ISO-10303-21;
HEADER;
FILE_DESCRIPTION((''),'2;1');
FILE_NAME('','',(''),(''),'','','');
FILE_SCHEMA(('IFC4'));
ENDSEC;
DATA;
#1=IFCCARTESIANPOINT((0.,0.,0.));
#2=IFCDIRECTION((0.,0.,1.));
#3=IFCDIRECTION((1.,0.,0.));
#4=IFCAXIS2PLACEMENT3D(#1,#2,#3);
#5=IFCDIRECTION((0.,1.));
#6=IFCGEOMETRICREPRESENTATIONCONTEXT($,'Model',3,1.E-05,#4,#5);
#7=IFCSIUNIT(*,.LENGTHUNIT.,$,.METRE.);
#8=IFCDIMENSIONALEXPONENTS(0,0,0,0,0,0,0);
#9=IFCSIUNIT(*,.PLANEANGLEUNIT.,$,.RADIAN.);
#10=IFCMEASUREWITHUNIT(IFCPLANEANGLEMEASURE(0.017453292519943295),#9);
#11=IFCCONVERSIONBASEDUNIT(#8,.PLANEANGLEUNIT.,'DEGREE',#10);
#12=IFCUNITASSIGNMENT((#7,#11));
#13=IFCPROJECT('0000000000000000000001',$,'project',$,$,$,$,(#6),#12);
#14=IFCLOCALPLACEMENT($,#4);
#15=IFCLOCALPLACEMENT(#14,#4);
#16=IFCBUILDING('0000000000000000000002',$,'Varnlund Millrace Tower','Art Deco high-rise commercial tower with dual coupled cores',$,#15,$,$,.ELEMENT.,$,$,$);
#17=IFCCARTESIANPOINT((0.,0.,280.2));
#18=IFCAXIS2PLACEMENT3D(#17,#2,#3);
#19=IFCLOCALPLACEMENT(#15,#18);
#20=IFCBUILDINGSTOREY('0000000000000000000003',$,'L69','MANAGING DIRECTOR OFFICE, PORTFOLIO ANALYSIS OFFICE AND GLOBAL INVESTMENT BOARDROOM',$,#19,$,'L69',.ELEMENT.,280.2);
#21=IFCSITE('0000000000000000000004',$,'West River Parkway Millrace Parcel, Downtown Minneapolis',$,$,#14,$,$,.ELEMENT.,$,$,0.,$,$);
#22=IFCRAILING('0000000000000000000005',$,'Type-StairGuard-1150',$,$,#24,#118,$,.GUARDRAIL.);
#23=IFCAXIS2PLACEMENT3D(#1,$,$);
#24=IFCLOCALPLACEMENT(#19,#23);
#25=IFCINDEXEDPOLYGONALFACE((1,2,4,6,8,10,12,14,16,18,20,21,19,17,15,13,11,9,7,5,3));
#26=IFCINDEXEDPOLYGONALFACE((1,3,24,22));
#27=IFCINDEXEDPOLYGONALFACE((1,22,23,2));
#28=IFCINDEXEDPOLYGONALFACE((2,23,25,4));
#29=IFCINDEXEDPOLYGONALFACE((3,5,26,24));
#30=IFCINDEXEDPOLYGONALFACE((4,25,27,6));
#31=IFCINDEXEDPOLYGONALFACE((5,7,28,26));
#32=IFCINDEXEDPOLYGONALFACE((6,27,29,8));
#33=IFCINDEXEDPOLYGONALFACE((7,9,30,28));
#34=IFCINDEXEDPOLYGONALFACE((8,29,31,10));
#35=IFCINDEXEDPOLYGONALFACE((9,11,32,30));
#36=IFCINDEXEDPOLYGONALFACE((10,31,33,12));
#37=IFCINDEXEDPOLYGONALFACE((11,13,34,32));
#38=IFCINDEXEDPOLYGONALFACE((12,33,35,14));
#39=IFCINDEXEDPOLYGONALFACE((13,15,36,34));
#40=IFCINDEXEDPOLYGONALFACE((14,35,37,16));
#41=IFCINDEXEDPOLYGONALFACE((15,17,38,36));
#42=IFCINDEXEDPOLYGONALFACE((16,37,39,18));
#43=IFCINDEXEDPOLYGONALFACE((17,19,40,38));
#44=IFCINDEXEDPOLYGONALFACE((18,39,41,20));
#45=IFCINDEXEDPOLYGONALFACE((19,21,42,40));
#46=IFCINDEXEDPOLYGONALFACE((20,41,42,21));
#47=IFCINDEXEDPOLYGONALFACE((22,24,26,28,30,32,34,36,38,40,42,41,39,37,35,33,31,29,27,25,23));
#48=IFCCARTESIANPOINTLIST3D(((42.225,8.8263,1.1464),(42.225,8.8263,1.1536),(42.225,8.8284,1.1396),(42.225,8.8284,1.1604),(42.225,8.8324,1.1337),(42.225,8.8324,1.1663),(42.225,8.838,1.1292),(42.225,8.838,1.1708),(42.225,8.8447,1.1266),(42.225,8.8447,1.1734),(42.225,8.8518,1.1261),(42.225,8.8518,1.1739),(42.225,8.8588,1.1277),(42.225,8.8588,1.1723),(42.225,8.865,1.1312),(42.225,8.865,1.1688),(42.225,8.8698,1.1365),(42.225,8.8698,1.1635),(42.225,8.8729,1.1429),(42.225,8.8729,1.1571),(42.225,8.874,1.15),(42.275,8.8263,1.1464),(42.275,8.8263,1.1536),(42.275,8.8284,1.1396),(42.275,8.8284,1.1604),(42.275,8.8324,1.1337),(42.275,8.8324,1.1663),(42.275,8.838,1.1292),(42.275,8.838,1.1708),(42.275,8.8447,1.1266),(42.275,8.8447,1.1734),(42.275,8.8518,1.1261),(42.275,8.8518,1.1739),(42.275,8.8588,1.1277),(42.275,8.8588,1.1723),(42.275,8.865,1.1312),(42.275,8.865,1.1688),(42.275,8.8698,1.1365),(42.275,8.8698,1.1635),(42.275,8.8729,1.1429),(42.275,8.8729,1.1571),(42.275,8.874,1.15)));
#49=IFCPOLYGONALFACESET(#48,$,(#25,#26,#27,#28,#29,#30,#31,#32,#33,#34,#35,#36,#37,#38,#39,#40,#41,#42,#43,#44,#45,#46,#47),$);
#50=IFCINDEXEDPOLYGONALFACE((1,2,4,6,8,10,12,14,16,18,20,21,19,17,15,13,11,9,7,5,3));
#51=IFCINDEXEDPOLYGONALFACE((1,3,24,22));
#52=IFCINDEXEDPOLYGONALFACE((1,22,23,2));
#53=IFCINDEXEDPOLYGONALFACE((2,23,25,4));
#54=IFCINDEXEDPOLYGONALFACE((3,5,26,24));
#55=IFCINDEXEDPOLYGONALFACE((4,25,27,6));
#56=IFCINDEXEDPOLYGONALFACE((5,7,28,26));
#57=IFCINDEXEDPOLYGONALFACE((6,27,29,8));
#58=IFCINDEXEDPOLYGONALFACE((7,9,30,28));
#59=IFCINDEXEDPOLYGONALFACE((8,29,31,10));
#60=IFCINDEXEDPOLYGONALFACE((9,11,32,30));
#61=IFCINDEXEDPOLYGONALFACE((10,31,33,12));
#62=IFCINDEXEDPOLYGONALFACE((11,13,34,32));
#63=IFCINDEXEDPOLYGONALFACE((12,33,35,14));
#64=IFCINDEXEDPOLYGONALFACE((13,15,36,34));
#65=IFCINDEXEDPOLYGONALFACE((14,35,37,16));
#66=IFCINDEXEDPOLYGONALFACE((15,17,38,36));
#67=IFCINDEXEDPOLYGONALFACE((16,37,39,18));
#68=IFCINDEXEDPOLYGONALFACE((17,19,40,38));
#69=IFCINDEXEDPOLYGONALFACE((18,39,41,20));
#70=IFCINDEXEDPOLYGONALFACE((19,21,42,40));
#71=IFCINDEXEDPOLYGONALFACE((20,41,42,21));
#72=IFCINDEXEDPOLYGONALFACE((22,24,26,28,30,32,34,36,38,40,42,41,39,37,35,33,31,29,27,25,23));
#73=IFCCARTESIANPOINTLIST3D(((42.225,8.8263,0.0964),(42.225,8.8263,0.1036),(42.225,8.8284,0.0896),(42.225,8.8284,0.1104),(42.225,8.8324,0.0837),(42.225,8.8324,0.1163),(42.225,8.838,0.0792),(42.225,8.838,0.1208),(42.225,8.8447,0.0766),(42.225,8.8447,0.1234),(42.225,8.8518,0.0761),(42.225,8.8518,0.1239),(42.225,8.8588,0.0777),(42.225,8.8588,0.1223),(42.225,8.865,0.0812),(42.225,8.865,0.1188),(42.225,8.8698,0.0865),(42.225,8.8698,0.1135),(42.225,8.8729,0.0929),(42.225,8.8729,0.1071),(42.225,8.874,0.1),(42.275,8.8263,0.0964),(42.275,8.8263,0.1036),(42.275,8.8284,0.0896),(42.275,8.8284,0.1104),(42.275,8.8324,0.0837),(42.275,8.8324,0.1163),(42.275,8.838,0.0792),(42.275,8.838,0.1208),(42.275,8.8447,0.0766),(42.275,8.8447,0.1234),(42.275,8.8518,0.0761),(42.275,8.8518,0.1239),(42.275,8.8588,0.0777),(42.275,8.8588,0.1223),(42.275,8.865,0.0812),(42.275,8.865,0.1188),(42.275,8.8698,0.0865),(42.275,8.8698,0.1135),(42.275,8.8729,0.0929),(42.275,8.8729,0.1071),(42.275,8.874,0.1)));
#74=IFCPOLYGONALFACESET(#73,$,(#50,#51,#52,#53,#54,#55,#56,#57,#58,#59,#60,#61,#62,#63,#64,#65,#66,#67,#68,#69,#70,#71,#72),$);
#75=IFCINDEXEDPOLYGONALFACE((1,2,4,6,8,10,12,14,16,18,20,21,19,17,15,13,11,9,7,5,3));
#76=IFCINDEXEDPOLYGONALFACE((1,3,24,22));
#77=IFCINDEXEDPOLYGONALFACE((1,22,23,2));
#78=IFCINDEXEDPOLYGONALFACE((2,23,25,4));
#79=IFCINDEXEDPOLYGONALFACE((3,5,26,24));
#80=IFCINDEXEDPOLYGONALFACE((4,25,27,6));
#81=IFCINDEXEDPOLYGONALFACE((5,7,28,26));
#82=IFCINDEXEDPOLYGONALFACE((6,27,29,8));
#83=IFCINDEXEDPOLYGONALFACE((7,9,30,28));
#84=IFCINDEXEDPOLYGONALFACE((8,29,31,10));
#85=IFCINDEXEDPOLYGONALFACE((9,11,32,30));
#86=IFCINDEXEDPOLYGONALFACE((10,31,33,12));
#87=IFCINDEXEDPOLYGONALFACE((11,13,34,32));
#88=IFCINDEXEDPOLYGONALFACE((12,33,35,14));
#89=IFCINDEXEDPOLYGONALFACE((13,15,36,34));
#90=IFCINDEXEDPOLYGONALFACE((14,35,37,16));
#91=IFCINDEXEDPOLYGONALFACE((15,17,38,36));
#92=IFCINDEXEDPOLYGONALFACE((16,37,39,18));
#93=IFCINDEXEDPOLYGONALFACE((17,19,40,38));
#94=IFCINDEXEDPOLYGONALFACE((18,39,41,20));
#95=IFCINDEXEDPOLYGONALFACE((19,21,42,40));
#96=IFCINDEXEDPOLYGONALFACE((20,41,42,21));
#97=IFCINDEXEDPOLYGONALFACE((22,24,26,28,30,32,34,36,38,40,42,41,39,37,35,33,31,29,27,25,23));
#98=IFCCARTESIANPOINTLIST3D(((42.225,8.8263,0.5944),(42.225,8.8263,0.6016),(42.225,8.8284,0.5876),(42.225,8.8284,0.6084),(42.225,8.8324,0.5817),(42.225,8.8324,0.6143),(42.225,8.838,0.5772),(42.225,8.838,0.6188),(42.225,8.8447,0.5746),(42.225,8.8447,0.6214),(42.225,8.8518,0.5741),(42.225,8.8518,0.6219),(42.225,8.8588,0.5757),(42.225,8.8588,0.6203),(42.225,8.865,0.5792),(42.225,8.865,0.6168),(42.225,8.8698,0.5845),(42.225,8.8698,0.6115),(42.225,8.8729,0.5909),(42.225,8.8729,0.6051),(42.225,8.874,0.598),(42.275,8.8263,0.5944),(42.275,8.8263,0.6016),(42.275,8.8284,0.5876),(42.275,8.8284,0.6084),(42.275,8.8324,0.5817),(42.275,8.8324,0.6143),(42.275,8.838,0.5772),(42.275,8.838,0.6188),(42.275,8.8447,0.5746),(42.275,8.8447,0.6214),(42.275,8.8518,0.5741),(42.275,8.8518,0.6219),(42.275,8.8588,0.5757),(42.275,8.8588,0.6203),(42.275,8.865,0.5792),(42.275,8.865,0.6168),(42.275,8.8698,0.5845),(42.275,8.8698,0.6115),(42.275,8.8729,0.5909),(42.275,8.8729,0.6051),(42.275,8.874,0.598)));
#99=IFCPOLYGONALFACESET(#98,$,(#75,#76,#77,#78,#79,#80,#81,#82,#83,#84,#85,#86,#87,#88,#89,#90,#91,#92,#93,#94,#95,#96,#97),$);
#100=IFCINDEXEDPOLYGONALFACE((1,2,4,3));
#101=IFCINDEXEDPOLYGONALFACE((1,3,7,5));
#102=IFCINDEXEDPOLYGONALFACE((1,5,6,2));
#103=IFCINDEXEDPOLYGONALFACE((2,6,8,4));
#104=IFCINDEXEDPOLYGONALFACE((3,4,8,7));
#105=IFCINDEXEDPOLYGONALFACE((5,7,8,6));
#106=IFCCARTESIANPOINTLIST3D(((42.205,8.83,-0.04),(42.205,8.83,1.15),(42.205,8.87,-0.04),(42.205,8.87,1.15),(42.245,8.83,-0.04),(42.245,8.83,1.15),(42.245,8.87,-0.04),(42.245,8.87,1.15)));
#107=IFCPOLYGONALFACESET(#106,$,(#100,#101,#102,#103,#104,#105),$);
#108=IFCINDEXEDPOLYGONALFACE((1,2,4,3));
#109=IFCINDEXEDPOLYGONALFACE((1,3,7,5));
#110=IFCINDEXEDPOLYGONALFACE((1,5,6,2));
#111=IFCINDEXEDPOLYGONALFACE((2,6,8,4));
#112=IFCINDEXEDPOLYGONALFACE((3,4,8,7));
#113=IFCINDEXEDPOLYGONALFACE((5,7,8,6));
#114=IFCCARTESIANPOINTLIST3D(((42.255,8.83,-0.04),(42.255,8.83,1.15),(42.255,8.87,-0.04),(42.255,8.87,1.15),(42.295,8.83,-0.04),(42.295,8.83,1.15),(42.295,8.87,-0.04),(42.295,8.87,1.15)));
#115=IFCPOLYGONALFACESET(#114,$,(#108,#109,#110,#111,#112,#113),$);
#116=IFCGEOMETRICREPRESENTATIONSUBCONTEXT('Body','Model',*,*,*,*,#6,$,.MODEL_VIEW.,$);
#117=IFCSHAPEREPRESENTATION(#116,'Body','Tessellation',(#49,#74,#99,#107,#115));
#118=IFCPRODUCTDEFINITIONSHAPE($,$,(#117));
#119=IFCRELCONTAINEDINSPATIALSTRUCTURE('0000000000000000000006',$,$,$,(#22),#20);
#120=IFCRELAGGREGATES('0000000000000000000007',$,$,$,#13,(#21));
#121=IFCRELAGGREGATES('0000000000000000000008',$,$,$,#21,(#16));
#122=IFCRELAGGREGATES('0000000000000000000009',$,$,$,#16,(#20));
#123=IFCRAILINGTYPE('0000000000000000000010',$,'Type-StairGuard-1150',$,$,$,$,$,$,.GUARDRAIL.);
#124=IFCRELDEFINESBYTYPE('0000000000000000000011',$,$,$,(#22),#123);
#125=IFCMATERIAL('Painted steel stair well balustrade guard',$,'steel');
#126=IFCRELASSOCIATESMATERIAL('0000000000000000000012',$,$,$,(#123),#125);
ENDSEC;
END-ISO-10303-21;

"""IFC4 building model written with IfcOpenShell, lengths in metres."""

from ifc_helpers import new_model, entity, si_unit, converted_unit, direction, frame, origin_with_axes, origin_2d_with_axis, place, context, subcontext, project, spatial, rectangle, circle, extrude, material, type_object, element, save


model = new_model("IFC4")

# Units and contexts
model_context = context("Model", 3, precision=1e-05, world=origin_with_axes(), true_north=direction((0.0, 1.0)))
body_context = subcontext(model_context, "Body", "Model", "MODEL_VIEW")
ifc_project = project(units=[si_unit("LENGTHUNIT", "METRE"), converted_unit("PLANEANGLEUNIT", "DEGREE", entity("IfcPlaneAngleMeasure", 0.017453292519943295), si_unit("PLANEANGLEUNIT", "RADIAN"), dimensions=[0, 0, 0, 0, 0, 0, 0])], contexts=[model_context])

# Site, building, storey
site_placement = place(None, origin_with_axes())
site = spatial("IfcSite", under=ifc_project, at=site_placement, Name="West River Parkway Millrace Parcel, Downtown Minneapolis", CompositionType="ELEMENT", RefElevation=0.0)
building_placement = place(site_placement, origin_with_axes())
building = spatial("IfcBuilding", under=site, at=building_placement, Name="Varnlund Millrace Tower", Description="Art Deco high-rise commercial tower with dual coupled cores", CompositionType="ELEMENT")
storey_placement = place(building_placement, frame((0.0, 0.0, 280.2), z_axis=(0.0, 0.0, 1.0), x_axis=(1.0, 0.0, 0.0)))
storey = spatial("IfcBuildingStorey", under=building, at=storey_placement, Name="L69", Description="MANAGING DIRECTOR OFFICE, PORTFOLIO ANALYSIS OFFICE AND GLOBAL INVESTMENT BOARDROOM", LongName="L69", CompositionType="ELEMENT", Elevation=280.2)

# Railing
ifc_material_1 = material(Name="Painted steel stair well balustrade guard", Category="steel")
railing_type_1 = type_object("IfcRailingType", Name="Type-StairGuard-1150", PredefinedType="GUARDRAIL", material=ifc_material_1)
railing_1_placement = place(storey_placement, frame((0.0, 0.0, -280.2), z_axis=(0.0, 0.0, 1.0), x_axis=(1.0, 0.0, 0.0)))
element("IfcRailing", 1, at=railing_1_placement, inside=storey, type_object=railing_type_1, Name="Type-StairGuard-1150", PredefinedType="GUARDRAIL", context=body_context, shape_type="SweptSolid", body=[
    extrude(circle(Radius=0.024, at=origin_2d_with_axis()), frame((42.225, 8.85, 281.35), z_axis=(1.0, 0.0, 0.0), x_axis=(0.0, 1.0, 0.0)), (0.0, 0.0, 1.0), 0.05),
    extrude(circle(Radius=0.024, at=origin_2d_with_axis()), frame((42.225, 8.85, 280.3), z_axis=(1.0, 0.0, 0.0), x_axis=(0.0, 1.0, 0.0)), (0.0, 0.0, 1.0), 0.05),
    extrude(circle(Radius=0.024, at=origin_2d_with_axis()), frame((42.225, 8.85, 280.798), z_axis=(1.0, 0.0, 0.0), x_axis=(0.0, 1.0, 0.0)), (0.0, 0.0, 1.0), 0.05),
    extrude(rectangle(XDim=0.04, YDim=0.04, at=origin_2d_with_axis()), frame((42.225, 8.85, 280.16), z_axis=(0.0, 0.0, 1.0), x_axis=(1.0, 0.0, 0.0)), (0.0, 0.0, 1.0), 1.19),
    extrude(rectangle(XDim=0.04, YDim=0.04, at=origin_2d_with_axis()), frame((42.275, 8.85, 280.16), z_axis=(0.0, 0.0, 1.0), x_axis=(1.0, 0.0, 0.0)), (0.0, 0.0, 1.0), 1.19),
])

save(model, "model.ifc")
